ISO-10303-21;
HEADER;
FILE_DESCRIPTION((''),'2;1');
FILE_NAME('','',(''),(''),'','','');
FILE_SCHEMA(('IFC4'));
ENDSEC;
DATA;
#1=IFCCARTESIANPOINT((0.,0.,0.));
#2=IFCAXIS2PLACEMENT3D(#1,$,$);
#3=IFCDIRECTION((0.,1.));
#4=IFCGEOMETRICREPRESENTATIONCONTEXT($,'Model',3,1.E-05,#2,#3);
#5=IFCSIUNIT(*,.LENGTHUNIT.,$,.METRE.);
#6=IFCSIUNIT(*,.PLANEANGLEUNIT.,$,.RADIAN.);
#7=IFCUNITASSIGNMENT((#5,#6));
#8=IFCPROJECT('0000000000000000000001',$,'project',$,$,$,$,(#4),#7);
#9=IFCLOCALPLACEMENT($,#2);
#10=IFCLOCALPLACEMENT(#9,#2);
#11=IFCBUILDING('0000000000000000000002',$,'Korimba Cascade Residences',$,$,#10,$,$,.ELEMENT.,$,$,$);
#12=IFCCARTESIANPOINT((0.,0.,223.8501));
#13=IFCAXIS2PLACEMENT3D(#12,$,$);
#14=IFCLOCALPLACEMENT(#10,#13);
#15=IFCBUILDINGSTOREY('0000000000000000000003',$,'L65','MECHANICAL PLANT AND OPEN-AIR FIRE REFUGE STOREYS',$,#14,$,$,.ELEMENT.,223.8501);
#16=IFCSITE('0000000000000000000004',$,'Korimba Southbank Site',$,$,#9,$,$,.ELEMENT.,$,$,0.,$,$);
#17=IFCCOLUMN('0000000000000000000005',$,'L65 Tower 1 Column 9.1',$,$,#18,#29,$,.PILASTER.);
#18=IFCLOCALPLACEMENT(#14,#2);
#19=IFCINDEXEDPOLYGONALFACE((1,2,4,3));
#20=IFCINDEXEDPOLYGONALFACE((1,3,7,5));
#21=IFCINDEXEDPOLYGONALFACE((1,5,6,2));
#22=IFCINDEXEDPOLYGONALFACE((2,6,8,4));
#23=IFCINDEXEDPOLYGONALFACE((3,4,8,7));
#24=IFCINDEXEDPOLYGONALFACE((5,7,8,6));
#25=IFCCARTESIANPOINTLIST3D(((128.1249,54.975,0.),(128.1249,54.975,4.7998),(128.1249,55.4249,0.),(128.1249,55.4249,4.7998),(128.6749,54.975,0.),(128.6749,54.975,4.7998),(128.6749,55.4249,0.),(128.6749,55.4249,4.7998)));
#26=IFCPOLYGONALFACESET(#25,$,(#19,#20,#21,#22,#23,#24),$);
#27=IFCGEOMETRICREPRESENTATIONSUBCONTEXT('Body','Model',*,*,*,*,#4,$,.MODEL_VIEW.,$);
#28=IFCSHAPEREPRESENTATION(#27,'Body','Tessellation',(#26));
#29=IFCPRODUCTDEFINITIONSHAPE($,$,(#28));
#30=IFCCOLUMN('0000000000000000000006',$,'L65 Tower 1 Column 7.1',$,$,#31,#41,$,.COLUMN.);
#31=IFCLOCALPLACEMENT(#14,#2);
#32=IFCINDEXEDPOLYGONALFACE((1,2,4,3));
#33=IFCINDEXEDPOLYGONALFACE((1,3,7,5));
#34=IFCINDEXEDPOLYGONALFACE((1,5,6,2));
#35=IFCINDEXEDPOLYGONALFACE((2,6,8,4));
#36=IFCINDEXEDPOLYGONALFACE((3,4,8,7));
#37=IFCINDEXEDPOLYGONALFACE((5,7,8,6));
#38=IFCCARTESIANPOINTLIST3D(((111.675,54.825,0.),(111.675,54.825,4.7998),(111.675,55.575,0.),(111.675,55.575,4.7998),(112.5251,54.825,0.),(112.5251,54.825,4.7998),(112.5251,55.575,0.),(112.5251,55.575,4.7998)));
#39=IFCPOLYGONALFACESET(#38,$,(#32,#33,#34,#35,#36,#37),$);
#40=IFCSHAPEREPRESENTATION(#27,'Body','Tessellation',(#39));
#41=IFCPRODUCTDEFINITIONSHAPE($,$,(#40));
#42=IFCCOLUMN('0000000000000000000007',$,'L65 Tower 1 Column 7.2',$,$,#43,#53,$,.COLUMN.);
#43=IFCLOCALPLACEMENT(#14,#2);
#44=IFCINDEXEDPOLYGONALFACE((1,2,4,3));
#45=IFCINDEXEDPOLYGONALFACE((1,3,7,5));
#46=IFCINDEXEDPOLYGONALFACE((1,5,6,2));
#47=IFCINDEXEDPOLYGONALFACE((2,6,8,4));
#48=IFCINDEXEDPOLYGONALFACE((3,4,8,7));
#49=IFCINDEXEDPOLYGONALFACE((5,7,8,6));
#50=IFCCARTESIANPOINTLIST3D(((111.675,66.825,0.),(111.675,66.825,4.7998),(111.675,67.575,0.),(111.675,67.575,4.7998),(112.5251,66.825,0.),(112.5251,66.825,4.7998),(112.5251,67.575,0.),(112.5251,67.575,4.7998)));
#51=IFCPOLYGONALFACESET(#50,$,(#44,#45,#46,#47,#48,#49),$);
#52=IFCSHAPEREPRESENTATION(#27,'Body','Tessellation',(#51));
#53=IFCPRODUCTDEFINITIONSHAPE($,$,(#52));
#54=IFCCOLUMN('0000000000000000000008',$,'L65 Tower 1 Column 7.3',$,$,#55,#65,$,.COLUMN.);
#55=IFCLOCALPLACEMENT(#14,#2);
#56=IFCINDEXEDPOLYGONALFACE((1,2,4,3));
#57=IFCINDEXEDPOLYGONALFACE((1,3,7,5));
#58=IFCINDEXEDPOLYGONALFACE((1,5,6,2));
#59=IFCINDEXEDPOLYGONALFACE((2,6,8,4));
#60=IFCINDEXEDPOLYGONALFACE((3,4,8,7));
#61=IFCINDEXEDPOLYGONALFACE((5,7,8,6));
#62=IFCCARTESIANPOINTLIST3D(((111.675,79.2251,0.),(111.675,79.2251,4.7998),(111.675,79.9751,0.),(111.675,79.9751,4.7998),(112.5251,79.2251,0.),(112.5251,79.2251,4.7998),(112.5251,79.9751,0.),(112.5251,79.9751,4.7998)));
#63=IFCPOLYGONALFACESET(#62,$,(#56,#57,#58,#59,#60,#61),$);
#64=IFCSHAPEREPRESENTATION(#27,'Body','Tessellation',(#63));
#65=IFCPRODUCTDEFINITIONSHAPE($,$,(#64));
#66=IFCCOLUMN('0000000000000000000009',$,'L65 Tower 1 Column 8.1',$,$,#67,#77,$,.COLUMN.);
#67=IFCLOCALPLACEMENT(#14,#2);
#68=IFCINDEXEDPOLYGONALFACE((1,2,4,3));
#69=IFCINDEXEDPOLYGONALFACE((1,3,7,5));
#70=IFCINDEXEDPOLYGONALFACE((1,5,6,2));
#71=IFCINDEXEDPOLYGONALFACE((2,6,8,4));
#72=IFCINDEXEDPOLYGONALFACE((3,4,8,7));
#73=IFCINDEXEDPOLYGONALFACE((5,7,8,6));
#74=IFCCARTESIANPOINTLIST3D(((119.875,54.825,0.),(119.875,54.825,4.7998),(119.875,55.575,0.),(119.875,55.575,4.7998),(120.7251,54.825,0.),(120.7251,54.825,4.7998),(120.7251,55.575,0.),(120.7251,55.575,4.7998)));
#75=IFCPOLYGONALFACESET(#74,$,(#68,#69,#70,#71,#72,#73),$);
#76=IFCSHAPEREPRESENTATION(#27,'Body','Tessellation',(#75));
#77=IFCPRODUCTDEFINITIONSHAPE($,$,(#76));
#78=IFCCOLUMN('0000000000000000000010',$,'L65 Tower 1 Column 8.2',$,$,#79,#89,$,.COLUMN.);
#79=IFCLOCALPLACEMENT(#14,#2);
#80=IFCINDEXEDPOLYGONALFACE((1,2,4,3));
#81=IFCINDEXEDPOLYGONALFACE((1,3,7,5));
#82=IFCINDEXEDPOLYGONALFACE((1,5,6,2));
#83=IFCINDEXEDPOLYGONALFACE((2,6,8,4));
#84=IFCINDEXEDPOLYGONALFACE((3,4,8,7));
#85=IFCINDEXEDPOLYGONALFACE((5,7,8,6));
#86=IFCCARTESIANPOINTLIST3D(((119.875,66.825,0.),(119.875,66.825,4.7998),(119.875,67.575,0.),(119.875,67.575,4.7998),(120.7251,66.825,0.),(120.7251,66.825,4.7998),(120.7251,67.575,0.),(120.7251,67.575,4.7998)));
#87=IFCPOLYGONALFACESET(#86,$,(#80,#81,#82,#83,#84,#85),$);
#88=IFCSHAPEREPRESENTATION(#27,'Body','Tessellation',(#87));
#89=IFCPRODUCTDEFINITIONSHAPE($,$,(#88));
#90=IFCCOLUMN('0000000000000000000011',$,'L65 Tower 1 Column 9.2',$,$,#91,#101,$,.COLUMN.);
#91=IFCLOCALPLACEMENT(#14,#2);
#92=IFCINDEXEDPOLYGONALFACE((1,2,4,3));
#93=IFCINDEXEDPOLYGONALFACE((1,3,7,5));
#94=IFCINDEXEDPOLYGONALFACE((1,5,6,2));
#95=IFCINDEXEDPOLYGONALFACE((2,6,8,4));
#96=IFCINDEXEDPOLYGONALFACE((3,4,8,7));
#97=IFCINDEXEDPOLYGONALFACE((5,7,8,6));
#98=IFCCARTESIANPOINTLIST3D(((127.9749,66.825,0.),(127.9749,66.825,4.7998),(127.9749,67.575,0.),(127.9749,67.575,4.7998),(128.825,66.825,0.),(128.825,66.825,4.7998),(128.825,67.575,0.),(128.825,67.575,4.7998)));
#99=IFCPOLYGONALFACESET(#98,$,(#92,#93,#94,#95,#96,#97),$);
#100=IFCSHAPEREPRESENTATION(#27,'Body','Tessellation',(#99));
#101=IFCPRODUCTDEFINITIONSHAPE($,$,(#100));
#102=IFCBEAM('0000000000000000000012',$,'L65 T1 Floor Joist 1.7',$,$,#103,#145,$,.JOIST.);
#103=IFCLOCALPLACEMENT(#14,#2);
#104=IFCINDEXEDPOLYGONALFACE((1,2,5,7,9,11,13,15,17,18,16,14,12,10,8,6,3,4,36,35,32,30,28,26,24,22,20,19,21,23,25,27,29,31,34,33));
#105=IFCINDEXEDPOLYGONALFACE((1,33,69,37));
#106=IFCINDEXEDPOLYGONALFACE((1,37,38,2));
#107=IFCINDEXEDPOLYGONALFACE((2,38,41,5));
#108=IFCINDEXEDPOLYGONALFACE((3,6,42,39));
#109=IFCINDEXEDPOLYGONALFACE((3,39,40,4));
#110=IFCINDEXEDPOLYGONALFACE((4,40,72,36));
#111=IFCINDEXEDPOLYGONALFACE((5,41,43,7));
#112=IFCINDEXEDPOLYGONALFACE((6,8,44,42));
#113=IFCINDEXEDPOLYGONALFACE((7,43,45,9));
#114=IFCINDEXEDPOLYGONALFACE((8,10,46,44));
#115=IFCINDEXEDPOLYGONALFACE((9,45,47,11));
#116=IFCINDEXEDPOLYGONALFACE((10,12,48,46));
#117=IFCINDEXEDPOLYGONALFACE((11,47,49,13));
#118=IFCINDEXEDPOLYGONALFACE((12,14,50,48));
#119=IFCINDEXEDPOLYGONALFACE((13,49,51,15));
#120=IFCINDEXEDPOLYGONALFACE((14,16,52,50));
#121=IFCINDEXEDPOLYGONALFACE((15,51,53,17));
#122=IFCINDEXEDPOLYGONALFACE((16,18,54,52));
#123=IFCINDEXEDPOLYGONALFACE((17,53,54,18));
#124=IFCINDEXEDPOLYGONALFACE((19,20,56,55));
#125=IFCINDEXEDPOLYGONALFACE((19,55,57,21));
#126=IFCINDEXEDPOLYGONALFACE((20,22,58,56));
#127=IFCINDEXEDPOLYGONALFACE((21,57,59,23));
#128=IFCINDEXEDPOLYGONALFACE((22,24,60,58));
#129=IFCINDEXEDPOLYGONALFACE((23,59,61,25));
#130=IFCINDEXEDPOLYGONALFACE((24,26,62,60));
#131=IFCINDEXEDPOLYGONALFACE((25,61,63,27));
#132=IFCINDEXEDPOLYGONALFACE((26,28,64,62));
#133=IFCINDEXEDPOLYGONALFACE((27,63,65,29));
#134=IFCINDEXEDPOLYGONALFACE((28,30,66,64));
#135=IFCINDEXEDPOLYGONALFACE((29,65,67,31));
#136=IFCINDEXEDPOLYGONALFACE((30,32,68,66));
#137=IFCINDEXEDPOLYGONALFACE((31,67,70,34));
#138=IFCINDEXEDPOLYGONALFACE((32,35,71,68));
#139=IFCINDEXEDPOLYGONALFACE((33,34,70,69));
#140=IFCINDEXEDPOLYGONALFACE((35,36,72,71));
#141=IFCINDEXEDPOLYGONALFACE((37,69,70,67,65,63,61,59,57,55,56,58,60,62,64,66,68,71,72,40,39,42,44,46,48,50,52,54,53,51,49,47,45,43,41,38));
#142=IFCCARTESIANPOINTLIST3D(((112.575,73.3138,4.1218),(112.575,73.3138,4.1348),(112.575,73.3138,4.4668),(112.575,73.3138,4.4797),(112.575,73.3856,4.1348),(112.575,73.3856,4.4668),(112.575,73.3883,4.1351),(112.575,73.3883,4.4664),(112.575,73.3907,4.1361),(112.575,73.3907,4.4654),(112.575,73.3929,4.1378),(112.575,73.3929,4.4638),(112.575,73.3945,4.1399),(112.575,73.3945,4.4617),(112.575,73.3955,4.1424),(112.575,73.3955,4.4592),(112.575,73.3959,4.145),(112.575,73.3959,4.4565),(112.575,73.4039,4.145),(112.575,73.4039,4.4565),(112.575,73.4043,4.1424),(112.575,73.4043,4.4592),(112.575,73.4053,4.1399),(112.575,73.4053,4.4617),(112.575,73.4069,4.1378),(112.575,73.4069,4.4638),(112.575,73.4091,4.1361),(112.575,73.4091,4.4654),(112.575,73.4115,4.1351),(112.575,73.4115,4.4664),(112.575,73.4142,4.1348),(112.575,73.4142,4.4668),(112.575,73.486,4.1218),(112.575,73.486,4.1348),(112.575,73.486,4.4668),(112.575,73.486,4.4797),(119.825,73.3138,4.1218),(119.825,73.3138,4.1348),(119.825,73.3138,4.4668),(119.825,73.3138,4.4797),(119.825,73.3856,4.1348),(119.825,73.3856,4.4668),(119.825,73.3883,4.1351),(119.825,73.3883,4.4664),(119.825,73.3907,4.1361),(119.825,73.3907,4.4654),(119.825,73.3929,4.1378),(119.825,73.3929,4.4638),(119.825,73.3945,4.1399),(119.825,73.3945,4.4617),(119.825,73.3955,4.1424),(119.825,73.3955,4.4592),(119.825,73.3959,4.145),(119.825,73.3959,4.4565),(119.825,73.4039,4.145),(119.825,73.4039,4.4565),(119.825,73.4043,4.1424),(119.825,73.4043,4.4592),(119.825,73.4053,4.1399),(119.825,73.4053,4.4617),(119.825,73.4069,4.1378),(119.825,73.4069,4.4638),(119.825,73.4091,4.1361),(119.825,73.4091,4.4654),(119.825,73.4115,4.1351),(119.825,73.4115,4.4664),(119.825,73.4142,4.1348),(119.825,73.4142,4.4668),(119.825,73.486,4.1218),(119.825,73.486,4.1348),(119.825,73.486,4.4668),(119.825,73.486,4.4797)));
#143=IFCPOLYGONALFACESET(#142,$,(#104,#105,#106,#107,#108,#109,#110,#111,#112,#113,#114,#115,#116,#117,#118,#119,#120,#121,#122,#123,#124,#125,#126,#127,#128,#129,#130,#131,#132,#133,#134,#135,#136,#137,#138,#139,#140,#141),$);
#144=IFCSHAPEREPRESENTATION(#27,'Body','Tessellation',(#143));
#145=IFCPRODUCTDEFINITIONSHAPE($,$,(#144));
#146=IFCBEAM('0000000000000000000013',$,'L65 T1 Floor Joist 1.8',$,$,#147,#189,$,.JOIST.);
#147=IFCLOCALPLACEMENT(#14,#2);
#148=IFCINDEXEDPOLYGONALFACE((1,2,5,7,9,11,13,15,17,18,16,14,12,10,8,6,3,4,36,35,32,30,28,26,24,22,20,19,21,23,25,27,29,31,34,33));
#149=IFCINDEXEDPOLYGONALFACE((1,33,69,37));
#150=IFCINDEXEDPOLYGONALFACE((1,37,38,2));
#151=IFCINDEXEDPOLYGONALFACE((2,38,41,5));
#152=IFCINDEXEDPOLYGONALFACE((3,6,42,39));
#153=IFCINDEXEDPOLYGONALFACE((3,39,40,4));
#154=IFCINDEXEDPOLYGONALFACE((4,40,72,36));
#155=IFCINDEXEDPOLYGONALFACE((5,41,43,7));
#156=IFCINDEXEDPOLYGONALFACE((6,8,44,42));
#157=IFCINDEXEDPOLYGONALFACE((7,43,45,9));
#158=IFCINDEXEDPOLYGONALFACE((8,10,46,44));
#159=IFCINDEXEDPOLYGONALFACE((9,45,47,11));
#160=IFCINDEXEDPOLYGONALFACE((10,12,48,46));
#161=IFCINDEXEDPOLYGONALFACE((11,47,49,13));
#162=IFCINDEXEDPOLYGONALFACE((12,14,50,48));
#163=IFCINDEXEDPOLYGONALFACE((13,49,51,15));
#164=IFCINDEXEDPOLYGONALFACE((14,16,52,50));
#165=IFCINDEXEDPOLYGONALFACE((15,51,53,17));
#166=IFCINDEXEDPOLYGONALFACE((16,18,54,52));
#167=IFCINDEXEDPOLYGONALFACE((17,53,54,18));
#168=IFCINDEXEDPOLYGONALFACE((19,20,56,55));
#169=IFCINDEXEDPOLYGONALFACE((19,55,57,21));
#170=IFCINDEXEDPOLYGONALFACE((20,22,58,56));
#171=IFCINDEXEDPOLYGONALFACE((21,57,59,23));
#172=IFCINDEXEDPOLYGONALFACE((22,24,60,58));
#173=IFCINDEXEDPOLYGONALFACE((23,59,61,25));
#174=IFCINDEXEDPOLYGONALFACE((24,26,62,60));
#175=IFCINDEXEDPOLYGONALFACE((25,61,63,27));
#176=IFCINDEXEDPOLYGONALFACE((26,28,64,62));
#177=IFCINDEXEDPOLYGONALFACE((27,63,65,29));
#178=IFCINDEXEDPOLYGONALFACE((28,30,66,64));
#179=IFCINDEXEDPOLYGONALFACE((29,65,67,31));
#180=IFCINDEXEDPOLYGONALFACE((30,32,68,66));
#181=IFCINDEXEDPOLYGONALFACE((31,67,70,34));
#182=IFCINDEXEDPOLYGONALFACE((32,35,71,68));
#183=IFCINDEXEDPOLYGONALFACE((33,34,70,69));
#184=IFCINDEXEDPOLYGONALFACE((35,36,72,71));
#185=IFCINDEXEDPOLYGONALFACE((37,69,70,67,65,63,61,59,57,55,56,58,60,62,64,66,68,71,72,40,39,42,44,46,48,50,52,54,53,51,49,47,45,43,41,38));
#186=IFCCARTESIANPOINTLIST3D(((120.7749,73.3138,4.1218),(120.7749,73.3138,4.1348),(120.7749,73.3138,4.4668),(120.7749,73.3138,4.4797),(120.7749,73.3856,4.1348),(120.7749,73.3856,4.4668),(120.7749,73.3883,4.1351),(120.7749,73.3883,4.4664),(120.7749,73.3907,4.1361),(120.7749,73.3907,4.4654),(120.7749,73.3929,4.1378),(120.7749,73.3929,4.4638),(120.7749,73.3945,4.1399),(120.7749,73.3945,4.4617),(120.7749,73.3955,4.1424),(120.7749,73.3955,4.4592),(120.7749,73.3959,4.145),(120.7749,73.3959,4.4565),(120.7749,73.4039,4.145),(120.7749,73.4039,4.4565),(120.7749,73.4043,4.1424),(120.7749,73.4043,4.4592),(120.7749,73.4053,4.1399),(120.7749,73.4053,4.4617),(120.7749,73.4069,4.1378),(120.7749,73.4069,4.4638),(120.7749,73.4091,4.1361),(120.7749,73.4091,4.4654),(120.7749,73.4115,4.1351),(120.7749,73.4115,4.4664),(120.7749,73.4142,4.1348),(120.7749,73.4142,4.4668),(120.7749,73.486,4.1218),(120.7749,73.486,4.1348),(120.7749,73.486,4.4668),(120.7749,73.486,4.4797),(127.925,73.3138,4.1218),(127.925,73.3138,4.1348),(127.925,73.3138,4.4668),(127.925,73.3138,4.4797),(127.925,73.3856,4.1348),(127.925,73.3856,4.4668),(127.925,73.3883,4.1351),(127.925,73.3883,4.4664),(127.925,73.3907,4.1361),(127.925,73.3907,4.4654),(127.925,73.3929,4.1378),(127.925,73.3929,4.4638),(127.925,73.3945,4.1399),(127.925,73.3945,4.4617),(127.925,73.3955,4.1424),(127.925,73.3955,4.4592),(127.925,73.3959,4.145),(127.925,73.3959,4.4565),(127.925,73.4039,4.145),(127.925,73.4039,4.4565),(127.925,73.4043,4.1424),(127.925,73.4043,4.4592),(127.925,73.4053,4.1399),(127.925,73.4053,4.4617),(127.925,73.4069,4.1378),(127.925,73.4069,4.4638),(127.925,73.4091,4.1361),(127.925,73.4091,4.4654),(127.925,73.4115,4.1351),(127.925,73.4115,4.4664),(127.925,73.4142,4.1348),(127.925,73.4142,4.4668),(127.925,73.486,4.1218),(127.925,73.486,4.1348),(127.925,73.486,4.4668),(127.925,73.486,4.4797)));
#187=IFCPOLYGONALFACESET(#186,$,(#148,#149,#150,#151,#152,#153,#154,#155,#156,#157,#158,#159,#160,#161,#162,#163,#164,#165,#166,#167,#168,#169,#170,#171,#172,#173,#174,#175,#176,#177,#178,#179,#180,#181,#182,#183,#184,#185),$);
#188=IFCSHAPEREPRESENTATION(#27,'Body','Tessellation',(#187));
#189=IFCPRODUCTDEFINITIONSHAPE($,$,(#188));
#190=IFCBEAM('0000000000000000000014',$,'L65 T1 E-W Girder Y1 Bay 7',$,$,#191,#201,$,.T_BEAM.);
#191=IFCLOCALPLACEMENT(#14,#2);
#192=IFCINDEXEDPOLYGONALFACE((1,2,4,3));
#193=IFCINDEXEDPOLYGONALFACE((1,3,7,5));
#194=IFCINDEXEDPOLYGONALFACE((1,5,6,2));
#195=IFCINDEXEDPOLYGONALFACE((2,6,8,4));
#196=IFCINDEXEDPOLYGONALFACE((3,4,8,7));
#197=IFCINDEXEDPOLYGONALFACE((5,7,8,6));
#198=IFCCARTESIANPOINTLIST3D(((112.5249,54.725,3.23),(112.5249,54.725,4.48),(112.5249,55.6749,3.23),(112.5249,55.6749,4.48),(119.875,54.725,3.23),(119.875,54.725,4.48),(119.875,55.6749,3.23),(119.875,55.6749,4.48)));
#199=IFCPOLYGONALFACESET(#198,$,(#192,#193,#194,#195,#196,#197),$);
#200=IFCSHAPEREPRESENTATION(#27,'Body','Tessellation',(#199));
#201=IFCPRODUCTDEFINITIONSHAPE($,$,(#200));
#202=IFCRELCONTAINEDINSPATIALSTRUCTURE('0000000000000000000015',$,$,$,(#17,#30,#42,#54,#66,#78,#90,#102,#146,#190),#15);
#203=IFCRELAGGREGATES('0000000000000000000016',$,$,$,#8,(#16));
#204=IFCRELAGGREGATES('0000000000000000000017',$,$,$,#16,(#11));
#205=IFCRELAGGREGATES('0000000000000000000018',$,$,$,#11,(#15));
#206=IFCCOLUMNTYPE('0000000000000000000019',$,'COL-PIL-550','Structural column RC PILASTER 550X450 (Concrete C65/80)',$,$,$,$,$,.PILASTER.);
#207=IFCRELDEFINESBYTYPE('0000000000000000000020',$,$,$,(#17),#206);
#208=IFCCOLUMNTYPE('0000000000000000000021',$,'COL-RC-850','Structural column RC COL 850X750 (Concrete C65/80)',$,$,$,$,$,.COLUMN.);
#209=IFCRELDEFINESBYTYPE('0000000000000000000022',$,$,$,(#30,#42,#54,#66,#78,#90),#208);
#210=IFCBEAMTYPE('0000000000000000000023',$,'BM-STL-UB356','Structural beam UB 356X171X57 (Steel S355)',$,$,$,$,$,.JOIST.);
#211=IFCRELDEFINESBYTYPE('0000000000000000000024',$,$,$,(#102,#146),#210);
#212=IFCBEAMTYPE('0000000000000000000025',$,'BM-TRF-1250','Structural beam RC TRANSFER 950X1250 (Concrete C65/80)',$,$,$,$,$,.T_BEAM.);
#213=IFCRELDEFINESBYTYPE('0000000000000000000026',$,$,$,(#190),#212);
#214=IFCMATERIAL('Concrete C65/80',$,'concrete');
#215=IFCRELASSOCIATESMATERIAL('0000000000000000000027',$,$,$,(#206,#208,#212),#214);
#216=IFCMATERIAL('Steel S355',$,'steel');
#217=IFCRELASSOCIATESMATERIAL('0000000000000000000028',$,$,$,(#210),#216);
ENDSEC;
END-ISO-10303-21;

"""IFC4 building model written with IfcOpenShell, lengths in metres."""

from ifc_helpers import new_model, si_unit, direction, frame, origin, origin_2d, place, context, subcontext, project, spatial, rectangle, i_section, extrude, material, material_profile, profile_set, type_object, element, save


model = new_model("IFC4")

# Units and contexts
model_context = context("Model", 3, precision=1e-05, world=origin(), true_north=direction((0.0, 1.0)))
body_context = subcontext(model_context, "Body", "Model", "MODEL_VIEW")
ifc_project = project(units=[si_unit("LENGTHUNIT", "METRE"), si_unit("PLANEANGLEUNIT", "RADIAN")], contexts=[model_context])

# Site, building, storey
site_placement = place(None, origin())
site = spatial("IfcSite", under=ifc_project, at=site_placement, Name="Korimba Southbank Site", CompositionType="ELEMENT", RefElevation=0.0)
building_placement = place(site_placement, origin())
building = spatial("IfcBuilding", under=site, at=building_placement, Name="Korimba Cascade Residences", CompositionType="ELEMENT")
storey_placement = place(building_placement, frame((0.0, 0.0, 223.8501)))
storey = spatial("IfcBuildingStorey", under=building, at=storey_placement, Name="L65", Description="MECHANICAL PLANT AND OPEN-AIR FIRE REFUGE STOREYS", CompositionType="ELEMENT", Elevation=223.8501)

# Columns
ifc_material_1 = material(Name="Concrete C65/80", Category="concrete")
ifc_material_profile_1 = material_profile(ifc_material_1, rectangle(XDim=0.55, YDim=0.45, at=origin_2d()), Name="Concrete C65/80")
ifc_profile_set_1 = profile_set([ifc_material_profile_1], Name="Concrete C65/80")
column_type_1 = type_object("IfcColumnType", Name="COL-PIL-550", Description="Structural column RC PILASTER 550X450 (Concrete C65/80)", PredefinedType="PILASTER", material=ifc_profile_set_1)
column_placement = place(storey_placement, frame((128.3999, 55.2, 0.0), z_axis=(0.0, 0.0, 1.0), x_axis=(1.0, 0.0, 0.0)))
element("IfcColumn", 1, at=column_placement, inside=storey, type_object=column_type_1, Name="L65 Tower 1 Column 9.1", PredefinedType="PILASTER", context=body_context, shape_type="SweptSolid", body=[
    extrude(rectangle(XDim=0.55, YDim=0.45, at=origin_2d()), origin(), (0.0, 0.0, 1.0), 4.7998),
])
ifc_material_profile_2 = material_profile(ifc_material_1, rectangle(XDim=0.8501, YDim=0.75, at=origin_2d()), Name="Concrete C65/80")
ifc_profile_set_2 = profile_set([ifc_material_profile_2], Name="Concrete C65/80")
column_type_2 = type_object("IfcColumnType", Name="COL-RC-850", Description="Structural column RC COL 850X750 (Concrete C65/80)", PredefinedType="COLUMN", material=ifc_profile_set_2)
for number, where, z_axis, x_axis, name in (
    (2, (112.1001, 55.2, 0.0), (0.0, 0.0, 1.0), (1.0, 0.0, 0.0), "L65 Tower 1 Column 7.1"),
    (3, (112.1001, 67.2, 0.0), (0.0, 0.0, 1.0), (1.0, 0.0, 0.0), "L65 Tower 1 Column 7.2"),
    (4, (112.1001, 79.6001, 0.0), (0.0, 0.0, 1.0), (1.0, 0.0, 0.0), "L65 Tower 1 Column 7.3"),
    (5, (120.3, 55.2, 0.0), (0.0, 0.0, 1.0), (1.0, 0.0, 0.0), "L65 Tower 1 Column 8.1"),
    (6, (120.3, 67.2, 0.0), (0.0, 0.0, 1.0), (1.0, 0.0, 0.0), "L65 Tower 1 Column 8.2"),
    (7, (128.3999, 67.2, 0.0), (0.0, 0.0, 1.0), (1.0, 0.0, 0.0), "L65 Tower 1 Column 9.2"),
):
    element("IfcColumn", number, at=place(storey_placement, frame(where, z_axis=z_axis, x_axis=x_axis)), inside=storey, type_object=column_type_2, Name=name, PredefinedType="COLUMN", context=body_context, shape_type="SweptSolid", body=[
        extrude(rectangle(XDim=0.8501, YDim=0.75, at=origin_2d()), origin(), (0.0, 0.0, 1.0), 4.7998),
    ])

# Beams
ifc_material_2 = material(Name="Steel S355", Category="steel")
ifc_material_profile_3 = material_profile(ifc_material_2, i_section(OverallWidth=0.1721, OverallDepth=0.3579, WebThickness=0.0081, FlangeThickness=0.0129, FilletRadius=0.0103, at=origin_2d()), Name="Steel S355")
ifc_profile_set_3 = profile_set([ifc_material_profile_3], Name="Steel S355")
beam_type_1 = type_object("IfcBeamType", Name="BM-STL-UB356", Description="Structural beam UB 356X171X57 (Steel S355)", PredefinedType="JOIST", material=ifc_profile_set_3)
beam_1_placement = place(storey_placement, frame((112.575, 73.3999, 4.3008), z_axis=(1.0, 0.0, 0.0), x_axis=(0.0, 1.0, 0.0)))
element("IfcBeam", 8, at=beam_1_placement, inside=storey, type_object=beam_type_1, Name="L65 T1 Floor Joist 1.7", PredefinedType="JOIST", context=body_context, shape_type="SweptSolid", body=[
    extrude(i_section(OverallWidth=0.1721, OverallDepth=0.3579, WebThickness=0.0081, FlangeThickness=0.0129, FilletRadius=0.0103, at=origin_2d()), origin(), (0.0, 0.0, 1.0), 7.25),
])
beam_2_placement = place(storey_placement, frame((120.7749, 73.3999, 4.3008), z_axis=(1.0, 0.0, 0.0), x_axis=(0.0, 1.0, 0.0)))
element("IfcBeam", 9, at=beam_2_placement, inside=storey, type_object=beam_type_1, Name="L65 T1 Floor Joist 1.8", PredefinedType="JOIST", context=body_context, shape_type="SweptSolid", body=[
    extrude(i_section(OverallWidth=0.1721, OverallDepth=0.3579, WebThickness=0.0081, FlangeThickness=0.0129, FilletRadius=0.0103, at=origin_2d()), origin(), (0.0, 0.0, 1.0), 7.1501),
])
ifc_material_profile_4 = material_profile(ifc_material_1, rectangle(XDim=0.95, YDim=1.25, at=origin_2d()), Name="Concrete C65/80")
ifc_profile_set_4 = profile_set([ifc_material_profile_4], Name="Concrete C65/80")
beam_type_2 = type_object("IfcBeamType", Name="BM-TRF-1250", Description="Structural beam RC TRANSFER 950X1250 (Concrete C65/80)", PredefinedType="T_BEAM", material=ifc_profile_set_4)
beam_3_placement = place(storey_placement, frame((112.5249, 55.2, 3.855), z_axis=(1.0, 0.0, 0.0), x_axis=(0.0, 1.0, 0.0)))
element("IfcBeam", 10, at=beam_3_placement, inside=storey, type_object=beam_type_2, Name="L65 T1 E-W Girder Y1 Bay 7", PredefinedType="T_BEAM", context=body_context, shape_type="SweptSolid", body=[
    extrude(rectangle(XDim=0.95, YDim=1.25, at=origin_2d()), origin(), (0.0, 0.0, 1.0), 7.3501),
])

save(model, "model.ifc")
